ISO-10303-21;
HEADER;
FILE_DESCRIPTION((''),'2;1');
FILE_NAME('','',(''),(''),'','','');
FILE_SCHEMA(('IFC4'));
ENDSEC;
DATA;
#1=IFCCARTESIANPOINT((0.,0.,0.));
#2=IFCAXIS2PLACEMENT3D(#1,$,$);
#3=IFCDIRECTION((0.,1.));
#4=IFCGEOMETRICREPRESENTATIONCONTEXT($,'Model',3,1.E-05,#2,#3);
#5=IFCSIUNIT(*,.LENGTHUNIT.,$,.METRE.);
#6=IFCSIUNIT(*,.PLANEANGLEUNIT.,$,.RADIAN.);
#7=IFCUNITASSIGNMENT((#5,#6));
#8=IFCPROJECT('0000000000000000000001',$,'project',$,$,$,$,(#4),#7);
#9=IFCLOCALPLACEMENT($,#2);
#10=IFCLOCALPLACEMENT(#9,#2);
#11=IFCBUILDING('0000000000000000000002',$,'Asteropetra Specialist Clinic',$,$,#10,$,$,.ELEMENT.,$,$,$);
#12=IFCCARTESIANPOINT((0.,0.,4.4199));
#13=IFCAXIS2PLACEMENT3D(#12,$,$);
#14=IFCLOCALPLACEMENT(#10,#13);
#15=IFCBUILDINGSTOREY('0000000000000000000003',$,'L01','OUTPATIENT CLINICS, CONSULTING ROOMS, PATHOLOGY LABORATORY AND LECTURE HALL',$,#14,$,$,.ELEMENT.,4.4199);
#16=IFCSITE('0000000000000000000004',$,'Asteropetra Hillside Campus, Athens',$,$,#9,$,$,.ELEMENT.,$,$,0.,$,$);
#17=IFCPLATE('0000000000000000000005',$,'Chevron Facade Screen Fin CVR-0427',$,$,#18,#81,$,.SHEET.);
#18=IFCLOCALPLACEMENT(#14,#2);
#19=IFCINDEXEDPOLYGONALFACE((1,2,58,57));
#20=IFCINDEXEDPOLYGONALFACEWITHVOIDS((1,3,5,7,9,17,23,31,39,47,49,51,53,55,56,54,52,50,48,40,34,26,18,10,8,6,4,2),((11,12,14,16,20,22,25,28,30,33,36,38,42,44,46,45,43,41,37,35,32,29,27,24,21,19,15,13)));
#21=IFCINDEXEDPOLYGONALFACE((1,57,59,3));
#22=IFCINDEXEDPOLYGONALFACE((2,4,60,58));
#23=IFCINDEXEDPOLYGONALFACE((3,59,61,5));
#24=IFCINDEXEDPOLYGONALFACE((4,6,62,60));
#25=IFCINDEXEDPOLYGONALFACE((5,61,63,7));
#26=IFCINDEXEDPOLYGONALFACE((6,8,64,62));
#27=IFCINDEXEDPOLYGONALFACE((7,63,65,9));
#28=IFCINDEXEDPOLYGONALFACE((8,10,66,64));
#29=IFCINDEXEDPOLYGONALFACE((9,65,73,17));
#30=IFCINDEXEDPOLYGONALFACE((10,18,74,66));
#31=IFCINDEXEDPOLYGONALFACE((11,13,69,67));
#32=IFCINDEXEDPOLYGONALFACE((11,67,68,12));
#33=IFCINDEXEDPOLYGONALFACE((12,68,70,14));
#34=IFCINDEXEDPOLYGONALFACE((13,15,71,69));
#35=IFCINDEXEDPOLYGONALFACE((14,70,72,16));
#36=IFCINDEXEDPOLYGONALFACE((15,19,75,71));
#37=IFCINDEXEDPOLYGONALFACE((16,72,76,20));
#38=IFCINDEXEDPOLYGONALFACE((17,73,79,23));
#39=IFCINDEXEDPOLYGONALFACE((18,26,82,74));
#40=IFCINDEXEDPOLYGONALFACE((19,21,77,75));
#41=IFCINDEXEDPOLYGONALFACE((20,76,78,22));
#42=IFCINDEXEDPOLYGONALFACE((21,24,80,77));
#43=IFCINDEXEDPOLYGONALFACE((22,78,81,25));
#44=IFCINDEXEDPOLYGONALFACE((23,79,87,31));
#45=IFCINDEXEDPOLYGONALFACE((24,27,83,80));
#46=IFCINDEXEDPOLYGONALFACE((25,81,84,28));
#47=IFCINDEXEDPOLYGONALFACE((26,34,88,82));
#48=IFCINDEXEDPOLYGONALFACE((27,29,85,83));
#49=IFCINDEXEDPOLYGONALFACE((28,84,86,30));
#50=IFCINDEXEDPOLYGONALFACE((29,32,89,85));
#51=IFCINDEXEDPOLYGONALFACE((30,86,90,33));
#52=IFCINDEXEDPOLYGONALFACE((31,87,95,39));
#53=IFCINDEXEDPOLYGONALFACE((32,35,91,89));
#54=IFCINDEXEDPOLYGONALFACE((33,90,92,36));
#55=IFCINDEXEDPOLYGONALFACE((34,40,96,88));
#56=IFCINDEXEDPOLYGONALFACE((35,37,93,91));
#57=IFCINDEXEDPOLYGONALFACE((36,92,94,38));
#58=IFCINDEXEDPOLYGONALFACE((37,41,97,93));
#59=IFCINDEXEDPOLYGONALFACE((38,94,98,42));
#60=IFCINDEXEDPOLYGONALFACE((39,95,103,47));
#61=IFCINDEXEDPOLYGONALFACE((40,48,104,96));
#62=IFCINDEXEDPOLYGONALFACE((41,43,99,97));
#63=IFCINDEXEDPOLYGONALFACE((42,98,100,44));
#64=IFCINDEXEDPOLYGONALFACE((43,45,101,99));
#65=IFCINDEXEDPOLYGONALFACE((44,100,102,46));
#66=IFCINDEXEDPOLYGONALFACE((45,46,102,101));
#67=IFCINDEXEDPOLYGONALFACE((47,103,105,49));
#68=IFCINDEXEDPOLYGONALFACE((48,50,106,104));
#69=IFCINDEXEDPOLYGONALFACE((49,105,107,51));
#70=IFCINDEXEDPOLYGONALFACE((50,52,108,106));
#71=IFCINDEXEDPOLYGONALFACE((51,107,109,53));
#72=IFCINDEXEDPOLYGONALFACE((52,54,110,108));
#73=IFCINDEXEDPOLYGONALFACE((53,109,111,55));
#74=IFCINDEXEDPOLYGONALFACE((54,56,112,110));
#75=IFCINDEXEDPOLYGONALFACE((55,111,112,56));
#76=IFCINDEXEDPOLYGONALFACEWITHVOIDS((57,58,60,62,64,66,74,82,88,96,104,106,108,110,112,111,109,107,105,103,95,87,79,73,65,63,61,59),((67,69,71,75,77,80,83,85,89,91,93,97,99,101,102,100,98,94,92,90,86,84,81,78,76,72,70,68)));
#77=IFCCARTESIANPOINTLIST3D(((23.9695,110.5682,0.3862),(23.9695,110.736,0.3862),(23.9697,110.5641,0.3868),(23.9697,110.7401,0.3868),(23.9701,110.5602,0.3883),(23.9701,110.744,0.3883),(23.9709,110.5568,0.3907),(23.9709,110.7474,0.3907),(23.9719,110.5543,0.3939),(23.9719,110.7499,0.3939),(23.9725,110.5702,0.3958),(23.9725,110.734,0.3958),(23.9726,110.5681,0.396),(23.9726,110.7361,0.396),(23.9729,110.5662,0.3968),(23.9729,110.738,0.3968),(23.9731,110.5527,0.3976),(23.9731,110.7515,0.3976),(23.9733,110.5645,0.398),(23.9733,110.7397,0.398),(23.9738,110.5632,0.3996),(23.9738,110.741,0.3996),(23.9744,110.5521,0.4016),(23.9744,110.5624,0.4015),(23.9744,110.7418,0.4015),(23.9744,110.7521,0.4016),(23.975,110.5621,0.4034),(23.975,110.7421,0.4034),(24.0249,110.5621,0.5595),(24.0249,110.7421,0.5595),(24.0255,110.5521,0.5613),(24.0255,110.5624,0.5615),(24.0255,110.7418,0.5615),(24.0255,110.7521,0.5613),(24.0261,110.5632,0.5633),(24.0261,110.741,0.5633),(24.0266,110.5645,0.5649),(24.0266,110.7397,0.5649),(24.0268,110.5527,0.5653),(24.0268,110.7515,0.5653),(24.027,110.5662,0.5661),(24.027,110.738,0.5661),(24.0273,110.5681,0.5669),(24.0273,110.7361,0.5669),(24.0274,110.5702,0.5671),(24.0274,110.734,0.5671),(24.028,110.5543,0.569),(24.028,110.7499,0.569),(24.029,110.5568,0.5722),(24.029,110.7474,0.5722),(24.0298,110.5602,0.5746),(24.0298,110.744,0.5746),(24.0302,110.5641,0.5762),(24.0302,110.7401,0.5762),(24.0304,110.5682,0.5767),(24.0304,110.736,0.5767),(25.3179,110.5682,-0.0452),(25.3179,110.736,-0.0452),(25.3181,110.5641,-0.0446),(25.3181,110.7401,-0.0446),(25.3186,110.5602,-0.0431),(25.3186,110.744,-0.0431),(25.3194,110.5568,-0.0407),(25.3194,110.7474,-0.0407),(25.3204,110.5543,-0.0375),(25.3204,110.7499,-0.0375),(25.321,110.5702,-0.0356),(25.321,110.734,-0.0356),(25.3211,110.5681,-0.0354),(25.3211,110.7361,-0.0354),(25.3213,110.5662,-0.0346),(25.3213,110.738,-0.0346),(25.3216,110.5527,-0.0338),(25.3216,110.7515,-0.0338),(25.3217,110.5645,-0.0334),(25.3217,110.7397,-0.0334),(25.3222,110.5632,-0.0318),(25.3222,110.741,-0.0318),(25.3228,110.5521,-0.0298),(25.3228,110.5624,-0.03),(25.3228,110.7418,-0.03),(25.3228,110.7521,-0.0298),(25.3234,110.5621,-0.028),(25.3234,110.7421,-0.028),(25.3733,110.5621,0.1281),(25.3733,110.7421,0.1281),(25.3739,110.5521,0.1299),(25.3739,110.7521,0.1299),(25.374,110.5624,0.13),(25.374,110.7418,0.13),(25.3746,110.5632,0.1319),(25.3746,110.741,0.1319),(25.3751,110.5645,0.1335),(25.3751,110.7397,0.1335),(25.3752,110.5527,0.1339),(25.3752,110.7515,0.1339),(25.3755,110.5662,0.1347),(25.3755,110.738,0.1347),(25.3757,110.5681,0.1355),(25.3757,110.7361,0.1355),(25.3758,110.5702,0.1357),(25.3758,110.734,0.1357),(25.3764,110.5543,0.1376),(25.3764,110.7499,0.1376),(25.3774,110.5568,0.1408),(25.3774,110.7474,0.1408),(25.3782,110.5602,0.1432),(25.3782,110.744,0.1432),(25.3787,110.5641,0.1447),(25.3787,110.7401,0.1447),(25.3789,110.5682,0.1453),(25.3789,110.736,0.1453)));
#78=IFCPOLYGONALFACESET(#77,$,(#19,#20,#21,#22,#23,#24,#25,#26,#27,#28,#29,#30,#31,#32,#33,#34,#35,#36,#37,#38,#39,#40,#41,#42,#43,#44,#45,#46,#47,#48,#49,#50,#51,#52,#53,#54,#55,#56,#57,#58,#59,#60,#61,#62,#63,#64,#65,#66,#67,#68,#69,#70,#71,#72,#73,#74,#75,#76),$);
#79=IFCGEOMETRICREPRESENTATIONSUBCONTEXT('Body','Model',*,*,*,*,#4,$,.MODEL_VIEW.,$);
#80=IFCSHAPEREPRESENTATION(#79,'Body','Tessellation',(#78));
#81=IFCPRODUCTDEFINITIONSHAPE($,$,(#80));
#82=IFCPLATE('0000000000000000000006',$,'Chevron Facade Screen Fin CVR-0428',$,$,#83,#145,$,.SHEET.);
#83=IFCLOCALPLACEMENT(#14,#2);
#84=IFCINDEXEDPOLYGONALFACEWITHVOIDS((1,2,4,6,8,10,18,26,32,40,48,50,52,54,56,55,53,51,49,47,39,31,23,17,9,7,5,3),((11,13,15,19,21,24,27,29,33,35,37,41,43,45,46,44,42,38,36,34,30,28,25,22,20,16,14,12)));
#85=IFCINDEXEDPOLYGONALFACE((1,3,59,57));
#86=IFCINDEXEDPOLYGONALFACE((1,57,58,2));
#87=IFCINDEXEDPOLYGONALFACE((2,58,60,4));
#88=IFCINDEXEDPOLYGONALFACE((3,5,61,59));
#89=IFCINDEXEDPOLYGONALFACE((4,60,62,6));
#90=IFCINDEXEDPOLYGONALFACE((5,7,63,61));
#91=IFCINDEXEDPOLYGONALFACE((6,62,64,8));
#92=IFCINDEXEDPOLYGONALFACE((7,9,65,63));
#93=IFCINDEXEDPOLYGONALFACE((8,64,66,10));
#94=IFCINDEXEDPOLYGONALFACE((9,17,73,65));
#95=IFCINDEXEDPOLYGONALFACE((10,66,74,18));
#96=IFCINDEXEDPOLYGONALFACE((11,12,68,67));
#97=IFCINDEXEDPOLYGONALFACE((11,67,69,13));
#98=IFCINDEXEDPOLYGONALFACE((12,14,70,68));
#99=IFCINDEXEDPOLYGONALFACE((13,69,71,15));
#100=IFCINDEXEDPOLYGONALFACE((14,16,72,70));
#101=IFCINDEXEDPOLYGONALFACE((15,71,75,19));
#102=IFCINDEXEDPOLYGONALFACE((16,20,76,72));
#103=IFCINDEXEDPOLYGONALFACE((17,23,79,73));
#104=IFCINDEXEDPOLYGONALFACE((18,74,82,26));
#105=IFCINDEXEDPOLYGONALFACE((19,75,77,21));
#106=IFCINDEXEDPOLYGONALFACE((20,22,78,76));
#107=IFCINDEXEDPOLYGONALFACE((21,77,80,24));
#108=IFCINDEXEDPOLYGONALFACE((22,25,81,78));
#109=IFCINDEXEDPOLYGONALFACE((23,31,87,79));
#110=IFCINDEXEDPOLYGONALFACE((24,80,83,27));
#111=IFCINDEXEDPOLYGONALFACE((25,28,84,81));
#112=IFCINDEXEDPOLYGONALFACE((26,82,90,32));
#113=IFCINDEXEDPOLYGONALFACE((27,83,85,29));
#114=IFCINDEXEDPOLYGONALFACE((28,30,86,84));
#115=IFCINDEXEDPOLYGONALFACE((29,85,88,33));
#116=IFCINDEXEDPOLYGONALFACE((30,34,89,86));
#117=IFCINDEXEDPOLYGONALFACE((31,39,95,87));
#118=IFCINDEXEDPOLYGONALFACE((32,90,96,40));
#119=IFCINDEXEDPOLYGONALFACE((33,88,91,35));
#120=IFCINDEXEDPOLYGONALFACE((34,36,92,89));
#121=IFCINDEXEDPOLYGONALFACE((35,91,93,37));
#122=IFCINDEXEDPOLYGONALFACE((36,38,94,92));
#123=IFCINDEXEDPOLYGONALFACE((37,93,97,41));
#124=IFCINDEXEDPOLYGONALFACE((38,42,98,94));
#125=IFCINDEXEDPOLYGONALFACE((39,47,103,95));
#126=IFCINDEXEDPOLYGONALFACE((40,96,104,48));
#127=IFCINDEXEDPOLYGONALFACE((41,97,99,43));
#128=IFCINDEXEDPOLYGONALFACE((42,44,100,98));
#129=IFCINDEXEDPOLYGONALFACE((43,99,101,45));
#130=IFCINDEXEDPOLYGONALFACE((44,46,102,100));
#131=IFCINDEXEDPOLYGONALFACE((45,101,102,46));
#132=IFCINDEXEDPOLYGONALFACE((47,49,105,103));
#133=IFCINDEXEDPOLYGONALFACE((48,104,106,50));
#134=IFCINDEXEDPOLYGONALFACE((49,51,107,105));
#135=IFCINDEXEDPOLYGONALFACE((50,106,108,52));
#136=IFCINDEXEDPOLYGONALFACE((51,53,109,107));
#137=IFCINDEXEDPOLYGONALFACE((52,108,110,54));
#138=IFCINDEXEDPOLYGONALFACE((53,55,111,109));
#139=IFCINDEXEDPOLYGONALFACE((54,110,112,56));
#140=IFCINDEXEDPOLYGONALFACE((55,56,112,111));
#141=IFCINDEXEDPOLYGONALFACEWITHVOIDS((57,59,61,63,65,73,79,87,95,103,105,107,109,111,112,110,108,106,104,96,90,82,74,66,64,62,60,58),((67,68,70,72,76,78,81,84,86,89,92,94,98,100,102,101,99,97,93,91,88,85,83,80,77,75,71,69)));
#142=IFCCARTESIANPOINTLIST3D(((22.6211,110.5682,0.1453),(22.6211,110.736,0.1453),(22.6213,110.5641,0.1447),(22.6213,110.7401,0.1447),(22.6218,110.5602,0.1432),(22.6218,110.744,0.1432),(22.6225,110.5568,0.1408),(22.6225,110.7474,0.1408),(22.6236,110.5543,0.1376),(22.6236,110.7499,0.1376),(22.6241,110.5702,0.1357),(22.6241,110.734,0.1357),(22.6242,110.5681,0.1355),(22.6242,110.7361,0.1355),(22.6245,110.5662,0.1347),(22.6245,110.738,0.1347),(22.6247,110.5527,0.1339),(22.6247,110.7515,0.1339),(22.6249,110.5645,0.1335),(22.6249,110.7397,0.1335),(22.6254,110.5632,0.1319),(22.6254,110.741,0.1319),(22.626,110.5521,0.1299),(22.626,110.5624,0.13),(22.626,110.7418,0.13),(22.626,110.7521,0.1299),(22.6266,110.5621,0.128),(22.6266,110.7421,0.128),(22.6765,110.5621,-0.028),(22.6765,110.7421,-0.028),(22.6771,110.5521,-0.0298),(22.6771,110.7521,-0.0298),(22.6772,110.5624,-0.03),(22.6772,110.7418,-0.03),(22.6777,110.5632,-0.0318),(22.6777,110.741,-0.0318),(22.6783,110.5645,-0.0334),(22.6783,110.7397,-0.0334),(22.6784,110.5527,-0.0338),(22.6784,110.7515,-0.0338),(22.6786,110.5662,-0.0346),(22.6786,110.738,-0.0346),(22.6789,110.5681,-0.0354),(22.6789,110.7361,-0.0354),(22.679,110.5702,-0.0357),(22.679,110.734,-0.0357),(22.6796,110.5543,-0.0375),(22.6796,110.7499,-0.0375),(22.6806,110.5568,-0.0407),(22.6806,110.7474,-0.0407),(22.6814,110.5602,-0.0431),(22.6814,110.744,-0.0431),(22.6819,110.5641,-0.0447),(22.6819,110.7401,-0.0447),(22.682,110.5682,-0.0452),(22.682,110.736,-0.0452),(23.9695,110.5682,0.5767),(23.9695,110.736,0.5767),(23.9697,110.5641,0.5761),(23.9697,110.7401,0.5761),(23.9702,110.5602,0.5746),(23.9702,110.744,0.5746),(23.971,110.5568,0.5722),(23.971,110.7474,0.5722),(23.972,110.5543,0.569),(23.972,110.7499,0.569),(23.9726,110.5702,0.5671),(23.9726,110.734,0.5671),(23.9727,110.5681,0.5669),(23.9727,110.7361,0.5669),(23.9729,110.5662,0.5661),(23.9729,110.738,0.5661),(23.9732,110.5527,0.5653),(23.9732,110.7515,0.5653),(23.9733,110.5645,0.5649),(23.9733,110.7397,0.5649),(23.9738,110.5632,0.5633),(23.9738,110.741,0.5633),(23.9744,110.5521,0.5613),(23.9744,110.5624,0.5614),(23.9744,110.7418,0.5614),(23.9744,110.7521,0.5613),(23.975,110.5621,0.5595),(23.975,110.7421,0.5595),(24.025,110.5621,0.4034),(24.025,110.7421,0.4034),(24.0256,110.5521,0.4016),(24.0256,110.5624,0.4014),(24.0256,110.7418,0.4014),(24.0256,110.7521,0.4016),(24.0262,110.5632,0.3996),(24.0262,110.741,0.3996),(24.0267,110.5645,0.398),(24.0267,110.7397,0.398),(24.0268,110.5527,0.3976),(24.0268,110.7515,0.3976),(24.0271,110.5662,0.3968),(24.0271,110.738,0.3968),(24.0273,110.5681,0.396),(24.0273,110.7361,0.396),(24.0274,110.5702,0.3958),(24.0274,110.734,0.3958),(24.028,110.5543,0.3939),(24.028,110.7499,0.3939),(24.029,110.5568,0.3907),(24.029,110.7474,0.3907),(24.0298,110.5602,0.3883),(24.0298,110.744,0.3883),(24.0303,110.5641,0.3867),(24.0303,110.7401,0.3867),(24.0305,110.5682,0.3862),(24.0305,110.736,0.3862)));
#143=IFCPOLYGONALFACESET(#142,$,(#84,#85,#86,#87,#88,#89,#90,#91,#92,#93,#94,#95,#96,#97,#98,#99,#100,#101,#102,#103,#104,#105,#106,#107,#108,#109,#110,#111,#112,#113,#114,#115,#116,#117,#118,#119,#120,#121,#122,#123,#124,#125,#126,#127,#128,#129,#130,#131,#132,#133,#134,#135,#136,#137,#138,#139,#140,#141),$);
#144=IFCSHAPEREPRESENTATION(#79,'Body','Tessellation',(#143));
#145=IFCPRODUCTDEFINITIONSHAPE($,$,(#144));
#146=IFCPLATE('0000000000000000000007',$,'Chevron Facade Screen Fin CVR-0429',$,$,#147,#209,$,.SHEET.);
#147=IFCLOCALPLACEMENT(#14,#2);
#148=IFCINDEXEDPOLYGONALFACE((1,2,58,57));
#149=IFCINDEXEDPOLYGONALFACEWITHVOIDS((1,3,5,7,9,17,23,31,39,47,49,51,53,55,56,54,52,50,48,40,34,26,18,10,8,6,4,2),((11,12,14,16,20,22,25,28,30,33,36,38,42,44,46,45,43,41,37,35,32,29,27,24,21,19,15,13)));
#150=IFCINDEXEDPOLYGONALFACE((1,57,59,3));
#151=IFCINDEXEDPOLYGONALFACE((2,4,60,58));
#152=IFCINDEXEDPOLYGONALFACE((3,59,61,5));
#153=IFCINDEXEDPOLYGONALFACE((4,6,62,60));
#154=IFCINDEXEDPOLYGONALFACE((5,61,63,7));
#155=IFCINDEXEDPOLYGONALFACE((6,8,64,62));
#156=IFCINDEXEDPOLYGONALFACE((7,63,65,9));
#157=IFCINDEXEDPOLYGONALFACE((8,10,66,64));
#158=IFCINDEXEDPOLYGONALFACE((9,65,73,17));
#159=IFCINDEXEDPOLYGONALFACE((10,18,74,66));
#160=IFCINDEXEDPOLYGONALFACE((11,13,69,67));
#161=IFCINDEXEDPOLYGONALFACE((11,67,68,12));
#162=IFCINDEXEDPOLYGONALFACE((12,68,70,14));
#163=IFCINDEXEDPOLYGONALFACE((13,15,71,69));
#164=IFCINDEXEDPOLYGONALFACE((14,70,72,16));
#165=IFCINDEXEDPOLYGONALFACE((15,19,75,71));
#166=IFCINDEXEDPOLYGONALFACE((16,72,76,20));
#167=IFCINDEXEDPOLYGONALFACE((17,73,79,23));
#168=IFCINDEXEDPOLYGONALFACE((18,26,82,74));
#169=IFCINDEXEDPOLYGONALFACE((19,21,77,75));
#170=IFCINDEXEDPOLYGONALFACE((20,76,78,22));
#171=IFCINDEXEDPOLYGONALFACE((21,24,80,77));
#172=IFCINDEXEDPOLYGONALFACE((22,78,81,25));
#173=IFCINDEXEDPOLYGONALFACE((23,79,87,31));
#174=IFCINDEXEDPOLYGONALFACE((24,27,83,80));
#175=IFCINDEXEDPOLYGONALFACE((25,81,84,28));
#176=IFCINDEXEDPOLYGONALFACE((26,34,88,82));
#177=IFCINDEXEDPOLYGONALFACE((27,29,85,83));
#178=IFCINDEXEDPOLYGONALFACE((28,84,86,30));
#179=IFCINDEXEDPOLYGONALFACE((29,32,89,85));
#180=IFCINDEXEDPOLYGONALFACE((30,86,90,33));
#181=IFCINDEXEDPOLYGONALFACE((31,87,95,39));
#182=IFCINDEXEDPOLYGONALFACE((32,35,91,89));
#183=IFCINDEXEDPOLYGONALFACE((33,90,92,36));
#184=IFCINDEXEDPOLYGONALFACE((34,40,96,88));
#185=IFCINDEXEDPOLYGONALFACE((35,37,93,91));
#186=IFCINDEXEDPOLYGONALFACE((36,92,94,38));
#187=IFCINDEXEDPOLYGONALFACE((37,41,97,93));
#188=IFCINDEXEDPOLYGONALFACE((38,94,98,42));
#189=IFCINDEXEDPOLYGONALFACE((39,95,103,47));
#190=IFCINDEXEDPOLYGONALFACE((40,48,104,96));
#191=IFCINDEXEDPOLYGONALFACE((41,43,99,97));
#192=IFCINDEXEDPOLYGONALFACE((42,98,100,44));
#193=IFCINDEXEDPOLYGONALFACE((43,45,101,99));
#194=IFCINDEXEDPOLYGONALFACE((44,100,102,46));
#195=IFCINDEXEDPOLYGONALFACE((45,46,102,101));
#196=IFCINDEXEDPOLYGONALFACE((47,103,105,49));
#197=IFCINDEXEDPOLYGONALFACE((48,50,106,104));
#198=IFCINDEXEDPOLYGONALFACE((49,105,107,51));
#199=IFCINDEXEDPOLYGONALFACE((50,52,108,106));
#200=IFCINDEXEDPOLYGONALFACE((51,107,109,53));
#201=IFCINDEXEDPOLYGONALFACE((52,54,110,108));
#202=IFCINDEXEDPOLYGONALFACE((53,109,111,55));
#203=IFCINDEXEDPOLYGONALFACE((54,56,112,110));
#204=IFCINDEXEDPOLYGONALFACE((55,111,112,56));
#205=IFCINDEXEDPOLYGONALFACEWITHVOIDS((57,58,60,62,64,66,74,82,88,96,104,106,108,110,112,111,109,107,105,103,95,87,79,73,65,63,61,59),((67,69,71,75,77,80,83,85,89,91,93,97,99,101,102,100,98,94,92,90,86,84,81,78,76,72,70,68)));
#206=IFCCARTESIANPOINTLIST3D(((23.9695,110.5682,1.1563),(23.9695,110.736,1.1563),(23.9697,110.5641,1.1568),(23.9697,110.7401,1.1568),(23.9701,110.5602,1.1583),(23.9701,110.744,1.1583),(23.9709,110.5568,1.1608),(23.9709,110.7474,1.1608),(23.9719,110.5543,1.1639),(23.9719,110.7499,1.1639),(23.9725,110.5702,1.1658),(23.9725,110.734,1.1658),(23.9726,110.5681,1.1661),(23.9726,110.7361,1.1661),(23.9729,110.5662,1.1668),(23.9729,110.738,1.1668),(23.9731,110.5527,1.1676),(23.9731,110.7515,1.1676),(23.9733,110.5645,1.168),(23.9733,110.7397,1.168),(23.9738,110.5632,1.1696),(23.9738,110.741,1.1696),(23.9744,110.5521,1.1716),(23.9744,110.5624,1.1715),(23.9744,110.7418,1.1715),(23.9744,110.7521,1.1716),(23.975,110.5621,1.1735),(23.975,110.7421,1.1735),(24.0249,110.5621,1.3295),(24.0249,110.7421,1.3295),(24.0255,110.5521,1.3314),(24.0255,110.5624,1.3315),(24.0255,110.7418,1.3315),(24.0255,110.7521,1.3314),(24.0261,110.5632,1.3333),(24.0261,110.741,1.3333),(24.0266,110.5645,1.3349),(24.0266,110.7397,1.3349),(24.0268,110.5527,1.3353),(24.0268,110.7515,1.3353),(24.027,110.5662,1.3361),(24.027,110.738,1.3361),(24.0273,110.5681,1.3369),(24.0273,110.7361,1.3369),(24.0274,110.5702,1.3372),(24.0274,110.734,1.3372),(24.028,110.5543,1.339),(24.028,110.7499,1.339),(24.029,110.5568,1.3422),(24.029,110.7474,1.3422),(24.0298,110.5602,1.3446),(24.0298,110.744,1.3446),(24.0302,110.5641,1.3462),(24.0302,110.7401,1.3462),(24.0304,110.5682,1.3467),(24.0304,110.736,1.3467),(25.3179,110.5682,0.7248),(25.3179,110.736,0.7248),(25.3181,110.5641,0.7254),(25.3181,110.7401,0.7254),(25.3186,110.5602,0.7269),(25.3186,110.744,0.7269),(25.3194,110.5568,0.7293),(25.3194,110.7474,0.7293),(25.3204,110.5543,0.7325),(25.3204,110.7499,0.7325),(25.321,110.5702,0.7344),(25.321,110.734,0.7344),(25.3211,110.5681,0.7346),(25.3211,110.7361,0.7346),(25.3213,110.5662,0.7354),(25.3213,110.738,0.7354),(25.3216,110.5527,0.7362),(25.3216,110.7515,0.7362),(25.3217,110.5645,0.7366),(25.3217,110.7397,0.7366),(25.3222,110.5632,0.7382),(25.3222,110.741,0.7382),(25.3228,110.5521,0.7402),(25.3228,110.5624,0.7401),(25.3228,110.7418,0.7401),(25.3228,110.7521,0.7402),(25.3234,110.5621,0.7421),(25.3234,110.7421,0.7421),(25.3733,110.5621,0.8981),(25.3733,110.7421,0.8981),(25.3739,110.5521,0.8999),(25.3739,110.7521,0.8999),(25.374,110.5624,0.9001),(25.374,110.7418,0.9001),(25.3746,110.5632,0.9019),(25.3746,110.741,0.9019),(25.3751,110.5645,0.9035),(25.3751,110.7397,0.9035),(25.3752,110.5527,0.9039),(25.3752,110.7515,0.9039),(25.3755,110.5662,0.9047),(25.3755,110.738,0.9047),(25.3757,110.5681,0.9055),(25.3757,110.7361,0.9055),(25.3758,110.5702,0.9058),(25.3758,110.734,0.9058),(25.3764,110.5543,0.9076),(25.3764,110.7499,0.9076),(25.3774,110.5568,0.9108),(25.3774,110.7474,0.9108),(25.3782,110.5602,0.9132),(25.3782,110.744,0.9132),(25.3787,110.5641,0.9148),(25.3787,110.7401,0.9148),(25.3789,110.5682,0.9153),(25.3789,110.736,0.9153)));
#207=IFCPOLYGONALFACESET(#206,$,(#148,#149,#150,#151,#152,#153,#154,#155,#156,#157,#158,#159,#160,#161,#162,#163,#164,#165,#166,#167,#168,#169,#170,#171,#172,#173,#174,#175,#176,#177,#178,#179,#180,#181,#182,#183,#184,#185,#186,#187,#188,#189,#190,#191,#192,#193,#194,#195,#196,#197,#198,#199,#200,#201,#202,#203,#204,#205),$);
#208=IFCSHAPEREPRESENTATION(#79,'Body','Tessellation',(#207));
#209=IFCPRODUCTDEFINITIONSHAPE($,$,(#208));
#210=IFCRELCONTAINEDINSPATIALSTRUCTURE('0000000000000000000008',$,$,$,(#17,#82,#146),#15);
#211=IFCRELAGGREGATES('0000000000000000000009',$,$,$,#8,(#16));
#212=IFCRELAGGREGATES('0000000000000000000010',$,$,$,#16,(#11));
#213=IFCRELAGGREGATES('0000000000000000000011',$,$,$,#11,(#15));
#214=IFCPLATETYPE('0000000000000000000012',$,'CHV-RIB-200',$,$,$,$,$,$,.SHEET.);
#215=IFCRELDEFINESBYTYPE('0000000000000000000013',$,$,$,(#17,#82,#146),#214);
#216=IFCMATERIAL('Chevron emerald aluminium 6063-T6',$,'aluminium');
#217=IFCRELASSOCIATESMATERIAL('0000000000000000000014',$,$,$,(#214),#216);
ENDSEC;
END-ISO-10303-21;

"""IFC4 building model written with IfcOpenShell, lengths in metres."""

from ifc_helpers import new_model, si_unit, direction, frame, origin, origin_2d, place, context, subcontext, project, spatial, hollow_rectangle, extrude, material, material_profile, profile_set, type_object, element, save


model = new_model("IFC4")

# Units and contexts
model_context = context("Model", 3, precision=1e-05, world=origin(), true_north=direction((0.0, 1.0)))
body_context = subcontext(model_context, "Body", "Model", "MODEL_VIEW")
ifc_project = project(units=[si_unit("LENGTHUNIT", "METRE"), si_unit("PLANEANGLEUNIT", "RADIAN")], contexts=[model_context])

# Site, building, storey
site_placement = place(None, origin())
site = spatial("IfcSite", under=ifc_project, at=site_placement, Name="Asteropetra Hillside Campus, Athens", CompositionType="ELEMENT", RefElevation=0.0)
building_placement = place(site_placement, origin())
building = spatial("IfcBuilding", under=site, at=building_placement, Name="Asteropetra Specialist Clinic", CompositionType="ELEMENT")
storey_placement = place(building_placement, frame((0.0, 0.0, 4.4199)))
storey = spatial("IfcBuildingStorey", under=building, at=storey_placement, Name="L01", Description="OUTPATIENT CLINICS, CONSULTING ROOMS, PATHOLOGY LABORATORY AND LECTURE HALL", CompositionType="ELEMENT", Elevation=4.4199)

# Plates
ifc_material_1 = material(Name="Chevron emerald aluminium 6063-T6", Category="aluminium")
ifc_material_profile = material_profile(ifc_material_1, hollow_rectangle(XDim=0.2, YDim=0.2, WallThickness=0.01, InnerFilletRadius=0.0081, OuterFilletRadius=0.0161, at=origin_2d()), Name="SHS 200x200x10.0")
ifc_profile_set = profile_set([ifc_material_profile], Name="Chevron emerald aluminium 6063-T6")
plate_type_1 = type_object("IfcPlateType", Name="CHV-RIB-200", PredefinedType="SHEET", material=ifc_profile_set)
for number, where, z_axis, x_axis, name in (
    (1, (25.3484, 110.6521, 0.05), (-0.952442, 0.0, 0.304719), (0.0, -1.0, 0.0), "Chevron Facade Screen Fin CVR-0427"),
    (2, (24.0, 110.6521, 0.4814), (-0.952442, 0.0, -0.304719), (0.0, -1.0, 0.0), "Chevron Facade Screen Fin CVR-0428"),
    (3, (25.3484, 110.6521, 0.8201), (-0.952442, 0.0, 0.304719), (0.0, -1.0, 0.0), "Chevron Facade Screen Fin CVR-0429"),
):
    element("IfcPlate", number, at=place(storey_placement, frame(where, z_axis=z_axis, x_axis=x_axis)), inside=storey, type_object=plate_type_1, Name=name, PredefinedType="SHEET", context=body_context, shape_type="SweptSolid", body=[
        extrude(hollow_rectangle(XDim=0.2, YDim=0.2, WallThickness=0.01, InnerFilletRadius=0.0081, OuterFilletRadius=0.0161, at=origin_2d()), origin(), (0.0, 0.0, 1.0), 1.4158),
    ])

save(model, "model.ifc")
